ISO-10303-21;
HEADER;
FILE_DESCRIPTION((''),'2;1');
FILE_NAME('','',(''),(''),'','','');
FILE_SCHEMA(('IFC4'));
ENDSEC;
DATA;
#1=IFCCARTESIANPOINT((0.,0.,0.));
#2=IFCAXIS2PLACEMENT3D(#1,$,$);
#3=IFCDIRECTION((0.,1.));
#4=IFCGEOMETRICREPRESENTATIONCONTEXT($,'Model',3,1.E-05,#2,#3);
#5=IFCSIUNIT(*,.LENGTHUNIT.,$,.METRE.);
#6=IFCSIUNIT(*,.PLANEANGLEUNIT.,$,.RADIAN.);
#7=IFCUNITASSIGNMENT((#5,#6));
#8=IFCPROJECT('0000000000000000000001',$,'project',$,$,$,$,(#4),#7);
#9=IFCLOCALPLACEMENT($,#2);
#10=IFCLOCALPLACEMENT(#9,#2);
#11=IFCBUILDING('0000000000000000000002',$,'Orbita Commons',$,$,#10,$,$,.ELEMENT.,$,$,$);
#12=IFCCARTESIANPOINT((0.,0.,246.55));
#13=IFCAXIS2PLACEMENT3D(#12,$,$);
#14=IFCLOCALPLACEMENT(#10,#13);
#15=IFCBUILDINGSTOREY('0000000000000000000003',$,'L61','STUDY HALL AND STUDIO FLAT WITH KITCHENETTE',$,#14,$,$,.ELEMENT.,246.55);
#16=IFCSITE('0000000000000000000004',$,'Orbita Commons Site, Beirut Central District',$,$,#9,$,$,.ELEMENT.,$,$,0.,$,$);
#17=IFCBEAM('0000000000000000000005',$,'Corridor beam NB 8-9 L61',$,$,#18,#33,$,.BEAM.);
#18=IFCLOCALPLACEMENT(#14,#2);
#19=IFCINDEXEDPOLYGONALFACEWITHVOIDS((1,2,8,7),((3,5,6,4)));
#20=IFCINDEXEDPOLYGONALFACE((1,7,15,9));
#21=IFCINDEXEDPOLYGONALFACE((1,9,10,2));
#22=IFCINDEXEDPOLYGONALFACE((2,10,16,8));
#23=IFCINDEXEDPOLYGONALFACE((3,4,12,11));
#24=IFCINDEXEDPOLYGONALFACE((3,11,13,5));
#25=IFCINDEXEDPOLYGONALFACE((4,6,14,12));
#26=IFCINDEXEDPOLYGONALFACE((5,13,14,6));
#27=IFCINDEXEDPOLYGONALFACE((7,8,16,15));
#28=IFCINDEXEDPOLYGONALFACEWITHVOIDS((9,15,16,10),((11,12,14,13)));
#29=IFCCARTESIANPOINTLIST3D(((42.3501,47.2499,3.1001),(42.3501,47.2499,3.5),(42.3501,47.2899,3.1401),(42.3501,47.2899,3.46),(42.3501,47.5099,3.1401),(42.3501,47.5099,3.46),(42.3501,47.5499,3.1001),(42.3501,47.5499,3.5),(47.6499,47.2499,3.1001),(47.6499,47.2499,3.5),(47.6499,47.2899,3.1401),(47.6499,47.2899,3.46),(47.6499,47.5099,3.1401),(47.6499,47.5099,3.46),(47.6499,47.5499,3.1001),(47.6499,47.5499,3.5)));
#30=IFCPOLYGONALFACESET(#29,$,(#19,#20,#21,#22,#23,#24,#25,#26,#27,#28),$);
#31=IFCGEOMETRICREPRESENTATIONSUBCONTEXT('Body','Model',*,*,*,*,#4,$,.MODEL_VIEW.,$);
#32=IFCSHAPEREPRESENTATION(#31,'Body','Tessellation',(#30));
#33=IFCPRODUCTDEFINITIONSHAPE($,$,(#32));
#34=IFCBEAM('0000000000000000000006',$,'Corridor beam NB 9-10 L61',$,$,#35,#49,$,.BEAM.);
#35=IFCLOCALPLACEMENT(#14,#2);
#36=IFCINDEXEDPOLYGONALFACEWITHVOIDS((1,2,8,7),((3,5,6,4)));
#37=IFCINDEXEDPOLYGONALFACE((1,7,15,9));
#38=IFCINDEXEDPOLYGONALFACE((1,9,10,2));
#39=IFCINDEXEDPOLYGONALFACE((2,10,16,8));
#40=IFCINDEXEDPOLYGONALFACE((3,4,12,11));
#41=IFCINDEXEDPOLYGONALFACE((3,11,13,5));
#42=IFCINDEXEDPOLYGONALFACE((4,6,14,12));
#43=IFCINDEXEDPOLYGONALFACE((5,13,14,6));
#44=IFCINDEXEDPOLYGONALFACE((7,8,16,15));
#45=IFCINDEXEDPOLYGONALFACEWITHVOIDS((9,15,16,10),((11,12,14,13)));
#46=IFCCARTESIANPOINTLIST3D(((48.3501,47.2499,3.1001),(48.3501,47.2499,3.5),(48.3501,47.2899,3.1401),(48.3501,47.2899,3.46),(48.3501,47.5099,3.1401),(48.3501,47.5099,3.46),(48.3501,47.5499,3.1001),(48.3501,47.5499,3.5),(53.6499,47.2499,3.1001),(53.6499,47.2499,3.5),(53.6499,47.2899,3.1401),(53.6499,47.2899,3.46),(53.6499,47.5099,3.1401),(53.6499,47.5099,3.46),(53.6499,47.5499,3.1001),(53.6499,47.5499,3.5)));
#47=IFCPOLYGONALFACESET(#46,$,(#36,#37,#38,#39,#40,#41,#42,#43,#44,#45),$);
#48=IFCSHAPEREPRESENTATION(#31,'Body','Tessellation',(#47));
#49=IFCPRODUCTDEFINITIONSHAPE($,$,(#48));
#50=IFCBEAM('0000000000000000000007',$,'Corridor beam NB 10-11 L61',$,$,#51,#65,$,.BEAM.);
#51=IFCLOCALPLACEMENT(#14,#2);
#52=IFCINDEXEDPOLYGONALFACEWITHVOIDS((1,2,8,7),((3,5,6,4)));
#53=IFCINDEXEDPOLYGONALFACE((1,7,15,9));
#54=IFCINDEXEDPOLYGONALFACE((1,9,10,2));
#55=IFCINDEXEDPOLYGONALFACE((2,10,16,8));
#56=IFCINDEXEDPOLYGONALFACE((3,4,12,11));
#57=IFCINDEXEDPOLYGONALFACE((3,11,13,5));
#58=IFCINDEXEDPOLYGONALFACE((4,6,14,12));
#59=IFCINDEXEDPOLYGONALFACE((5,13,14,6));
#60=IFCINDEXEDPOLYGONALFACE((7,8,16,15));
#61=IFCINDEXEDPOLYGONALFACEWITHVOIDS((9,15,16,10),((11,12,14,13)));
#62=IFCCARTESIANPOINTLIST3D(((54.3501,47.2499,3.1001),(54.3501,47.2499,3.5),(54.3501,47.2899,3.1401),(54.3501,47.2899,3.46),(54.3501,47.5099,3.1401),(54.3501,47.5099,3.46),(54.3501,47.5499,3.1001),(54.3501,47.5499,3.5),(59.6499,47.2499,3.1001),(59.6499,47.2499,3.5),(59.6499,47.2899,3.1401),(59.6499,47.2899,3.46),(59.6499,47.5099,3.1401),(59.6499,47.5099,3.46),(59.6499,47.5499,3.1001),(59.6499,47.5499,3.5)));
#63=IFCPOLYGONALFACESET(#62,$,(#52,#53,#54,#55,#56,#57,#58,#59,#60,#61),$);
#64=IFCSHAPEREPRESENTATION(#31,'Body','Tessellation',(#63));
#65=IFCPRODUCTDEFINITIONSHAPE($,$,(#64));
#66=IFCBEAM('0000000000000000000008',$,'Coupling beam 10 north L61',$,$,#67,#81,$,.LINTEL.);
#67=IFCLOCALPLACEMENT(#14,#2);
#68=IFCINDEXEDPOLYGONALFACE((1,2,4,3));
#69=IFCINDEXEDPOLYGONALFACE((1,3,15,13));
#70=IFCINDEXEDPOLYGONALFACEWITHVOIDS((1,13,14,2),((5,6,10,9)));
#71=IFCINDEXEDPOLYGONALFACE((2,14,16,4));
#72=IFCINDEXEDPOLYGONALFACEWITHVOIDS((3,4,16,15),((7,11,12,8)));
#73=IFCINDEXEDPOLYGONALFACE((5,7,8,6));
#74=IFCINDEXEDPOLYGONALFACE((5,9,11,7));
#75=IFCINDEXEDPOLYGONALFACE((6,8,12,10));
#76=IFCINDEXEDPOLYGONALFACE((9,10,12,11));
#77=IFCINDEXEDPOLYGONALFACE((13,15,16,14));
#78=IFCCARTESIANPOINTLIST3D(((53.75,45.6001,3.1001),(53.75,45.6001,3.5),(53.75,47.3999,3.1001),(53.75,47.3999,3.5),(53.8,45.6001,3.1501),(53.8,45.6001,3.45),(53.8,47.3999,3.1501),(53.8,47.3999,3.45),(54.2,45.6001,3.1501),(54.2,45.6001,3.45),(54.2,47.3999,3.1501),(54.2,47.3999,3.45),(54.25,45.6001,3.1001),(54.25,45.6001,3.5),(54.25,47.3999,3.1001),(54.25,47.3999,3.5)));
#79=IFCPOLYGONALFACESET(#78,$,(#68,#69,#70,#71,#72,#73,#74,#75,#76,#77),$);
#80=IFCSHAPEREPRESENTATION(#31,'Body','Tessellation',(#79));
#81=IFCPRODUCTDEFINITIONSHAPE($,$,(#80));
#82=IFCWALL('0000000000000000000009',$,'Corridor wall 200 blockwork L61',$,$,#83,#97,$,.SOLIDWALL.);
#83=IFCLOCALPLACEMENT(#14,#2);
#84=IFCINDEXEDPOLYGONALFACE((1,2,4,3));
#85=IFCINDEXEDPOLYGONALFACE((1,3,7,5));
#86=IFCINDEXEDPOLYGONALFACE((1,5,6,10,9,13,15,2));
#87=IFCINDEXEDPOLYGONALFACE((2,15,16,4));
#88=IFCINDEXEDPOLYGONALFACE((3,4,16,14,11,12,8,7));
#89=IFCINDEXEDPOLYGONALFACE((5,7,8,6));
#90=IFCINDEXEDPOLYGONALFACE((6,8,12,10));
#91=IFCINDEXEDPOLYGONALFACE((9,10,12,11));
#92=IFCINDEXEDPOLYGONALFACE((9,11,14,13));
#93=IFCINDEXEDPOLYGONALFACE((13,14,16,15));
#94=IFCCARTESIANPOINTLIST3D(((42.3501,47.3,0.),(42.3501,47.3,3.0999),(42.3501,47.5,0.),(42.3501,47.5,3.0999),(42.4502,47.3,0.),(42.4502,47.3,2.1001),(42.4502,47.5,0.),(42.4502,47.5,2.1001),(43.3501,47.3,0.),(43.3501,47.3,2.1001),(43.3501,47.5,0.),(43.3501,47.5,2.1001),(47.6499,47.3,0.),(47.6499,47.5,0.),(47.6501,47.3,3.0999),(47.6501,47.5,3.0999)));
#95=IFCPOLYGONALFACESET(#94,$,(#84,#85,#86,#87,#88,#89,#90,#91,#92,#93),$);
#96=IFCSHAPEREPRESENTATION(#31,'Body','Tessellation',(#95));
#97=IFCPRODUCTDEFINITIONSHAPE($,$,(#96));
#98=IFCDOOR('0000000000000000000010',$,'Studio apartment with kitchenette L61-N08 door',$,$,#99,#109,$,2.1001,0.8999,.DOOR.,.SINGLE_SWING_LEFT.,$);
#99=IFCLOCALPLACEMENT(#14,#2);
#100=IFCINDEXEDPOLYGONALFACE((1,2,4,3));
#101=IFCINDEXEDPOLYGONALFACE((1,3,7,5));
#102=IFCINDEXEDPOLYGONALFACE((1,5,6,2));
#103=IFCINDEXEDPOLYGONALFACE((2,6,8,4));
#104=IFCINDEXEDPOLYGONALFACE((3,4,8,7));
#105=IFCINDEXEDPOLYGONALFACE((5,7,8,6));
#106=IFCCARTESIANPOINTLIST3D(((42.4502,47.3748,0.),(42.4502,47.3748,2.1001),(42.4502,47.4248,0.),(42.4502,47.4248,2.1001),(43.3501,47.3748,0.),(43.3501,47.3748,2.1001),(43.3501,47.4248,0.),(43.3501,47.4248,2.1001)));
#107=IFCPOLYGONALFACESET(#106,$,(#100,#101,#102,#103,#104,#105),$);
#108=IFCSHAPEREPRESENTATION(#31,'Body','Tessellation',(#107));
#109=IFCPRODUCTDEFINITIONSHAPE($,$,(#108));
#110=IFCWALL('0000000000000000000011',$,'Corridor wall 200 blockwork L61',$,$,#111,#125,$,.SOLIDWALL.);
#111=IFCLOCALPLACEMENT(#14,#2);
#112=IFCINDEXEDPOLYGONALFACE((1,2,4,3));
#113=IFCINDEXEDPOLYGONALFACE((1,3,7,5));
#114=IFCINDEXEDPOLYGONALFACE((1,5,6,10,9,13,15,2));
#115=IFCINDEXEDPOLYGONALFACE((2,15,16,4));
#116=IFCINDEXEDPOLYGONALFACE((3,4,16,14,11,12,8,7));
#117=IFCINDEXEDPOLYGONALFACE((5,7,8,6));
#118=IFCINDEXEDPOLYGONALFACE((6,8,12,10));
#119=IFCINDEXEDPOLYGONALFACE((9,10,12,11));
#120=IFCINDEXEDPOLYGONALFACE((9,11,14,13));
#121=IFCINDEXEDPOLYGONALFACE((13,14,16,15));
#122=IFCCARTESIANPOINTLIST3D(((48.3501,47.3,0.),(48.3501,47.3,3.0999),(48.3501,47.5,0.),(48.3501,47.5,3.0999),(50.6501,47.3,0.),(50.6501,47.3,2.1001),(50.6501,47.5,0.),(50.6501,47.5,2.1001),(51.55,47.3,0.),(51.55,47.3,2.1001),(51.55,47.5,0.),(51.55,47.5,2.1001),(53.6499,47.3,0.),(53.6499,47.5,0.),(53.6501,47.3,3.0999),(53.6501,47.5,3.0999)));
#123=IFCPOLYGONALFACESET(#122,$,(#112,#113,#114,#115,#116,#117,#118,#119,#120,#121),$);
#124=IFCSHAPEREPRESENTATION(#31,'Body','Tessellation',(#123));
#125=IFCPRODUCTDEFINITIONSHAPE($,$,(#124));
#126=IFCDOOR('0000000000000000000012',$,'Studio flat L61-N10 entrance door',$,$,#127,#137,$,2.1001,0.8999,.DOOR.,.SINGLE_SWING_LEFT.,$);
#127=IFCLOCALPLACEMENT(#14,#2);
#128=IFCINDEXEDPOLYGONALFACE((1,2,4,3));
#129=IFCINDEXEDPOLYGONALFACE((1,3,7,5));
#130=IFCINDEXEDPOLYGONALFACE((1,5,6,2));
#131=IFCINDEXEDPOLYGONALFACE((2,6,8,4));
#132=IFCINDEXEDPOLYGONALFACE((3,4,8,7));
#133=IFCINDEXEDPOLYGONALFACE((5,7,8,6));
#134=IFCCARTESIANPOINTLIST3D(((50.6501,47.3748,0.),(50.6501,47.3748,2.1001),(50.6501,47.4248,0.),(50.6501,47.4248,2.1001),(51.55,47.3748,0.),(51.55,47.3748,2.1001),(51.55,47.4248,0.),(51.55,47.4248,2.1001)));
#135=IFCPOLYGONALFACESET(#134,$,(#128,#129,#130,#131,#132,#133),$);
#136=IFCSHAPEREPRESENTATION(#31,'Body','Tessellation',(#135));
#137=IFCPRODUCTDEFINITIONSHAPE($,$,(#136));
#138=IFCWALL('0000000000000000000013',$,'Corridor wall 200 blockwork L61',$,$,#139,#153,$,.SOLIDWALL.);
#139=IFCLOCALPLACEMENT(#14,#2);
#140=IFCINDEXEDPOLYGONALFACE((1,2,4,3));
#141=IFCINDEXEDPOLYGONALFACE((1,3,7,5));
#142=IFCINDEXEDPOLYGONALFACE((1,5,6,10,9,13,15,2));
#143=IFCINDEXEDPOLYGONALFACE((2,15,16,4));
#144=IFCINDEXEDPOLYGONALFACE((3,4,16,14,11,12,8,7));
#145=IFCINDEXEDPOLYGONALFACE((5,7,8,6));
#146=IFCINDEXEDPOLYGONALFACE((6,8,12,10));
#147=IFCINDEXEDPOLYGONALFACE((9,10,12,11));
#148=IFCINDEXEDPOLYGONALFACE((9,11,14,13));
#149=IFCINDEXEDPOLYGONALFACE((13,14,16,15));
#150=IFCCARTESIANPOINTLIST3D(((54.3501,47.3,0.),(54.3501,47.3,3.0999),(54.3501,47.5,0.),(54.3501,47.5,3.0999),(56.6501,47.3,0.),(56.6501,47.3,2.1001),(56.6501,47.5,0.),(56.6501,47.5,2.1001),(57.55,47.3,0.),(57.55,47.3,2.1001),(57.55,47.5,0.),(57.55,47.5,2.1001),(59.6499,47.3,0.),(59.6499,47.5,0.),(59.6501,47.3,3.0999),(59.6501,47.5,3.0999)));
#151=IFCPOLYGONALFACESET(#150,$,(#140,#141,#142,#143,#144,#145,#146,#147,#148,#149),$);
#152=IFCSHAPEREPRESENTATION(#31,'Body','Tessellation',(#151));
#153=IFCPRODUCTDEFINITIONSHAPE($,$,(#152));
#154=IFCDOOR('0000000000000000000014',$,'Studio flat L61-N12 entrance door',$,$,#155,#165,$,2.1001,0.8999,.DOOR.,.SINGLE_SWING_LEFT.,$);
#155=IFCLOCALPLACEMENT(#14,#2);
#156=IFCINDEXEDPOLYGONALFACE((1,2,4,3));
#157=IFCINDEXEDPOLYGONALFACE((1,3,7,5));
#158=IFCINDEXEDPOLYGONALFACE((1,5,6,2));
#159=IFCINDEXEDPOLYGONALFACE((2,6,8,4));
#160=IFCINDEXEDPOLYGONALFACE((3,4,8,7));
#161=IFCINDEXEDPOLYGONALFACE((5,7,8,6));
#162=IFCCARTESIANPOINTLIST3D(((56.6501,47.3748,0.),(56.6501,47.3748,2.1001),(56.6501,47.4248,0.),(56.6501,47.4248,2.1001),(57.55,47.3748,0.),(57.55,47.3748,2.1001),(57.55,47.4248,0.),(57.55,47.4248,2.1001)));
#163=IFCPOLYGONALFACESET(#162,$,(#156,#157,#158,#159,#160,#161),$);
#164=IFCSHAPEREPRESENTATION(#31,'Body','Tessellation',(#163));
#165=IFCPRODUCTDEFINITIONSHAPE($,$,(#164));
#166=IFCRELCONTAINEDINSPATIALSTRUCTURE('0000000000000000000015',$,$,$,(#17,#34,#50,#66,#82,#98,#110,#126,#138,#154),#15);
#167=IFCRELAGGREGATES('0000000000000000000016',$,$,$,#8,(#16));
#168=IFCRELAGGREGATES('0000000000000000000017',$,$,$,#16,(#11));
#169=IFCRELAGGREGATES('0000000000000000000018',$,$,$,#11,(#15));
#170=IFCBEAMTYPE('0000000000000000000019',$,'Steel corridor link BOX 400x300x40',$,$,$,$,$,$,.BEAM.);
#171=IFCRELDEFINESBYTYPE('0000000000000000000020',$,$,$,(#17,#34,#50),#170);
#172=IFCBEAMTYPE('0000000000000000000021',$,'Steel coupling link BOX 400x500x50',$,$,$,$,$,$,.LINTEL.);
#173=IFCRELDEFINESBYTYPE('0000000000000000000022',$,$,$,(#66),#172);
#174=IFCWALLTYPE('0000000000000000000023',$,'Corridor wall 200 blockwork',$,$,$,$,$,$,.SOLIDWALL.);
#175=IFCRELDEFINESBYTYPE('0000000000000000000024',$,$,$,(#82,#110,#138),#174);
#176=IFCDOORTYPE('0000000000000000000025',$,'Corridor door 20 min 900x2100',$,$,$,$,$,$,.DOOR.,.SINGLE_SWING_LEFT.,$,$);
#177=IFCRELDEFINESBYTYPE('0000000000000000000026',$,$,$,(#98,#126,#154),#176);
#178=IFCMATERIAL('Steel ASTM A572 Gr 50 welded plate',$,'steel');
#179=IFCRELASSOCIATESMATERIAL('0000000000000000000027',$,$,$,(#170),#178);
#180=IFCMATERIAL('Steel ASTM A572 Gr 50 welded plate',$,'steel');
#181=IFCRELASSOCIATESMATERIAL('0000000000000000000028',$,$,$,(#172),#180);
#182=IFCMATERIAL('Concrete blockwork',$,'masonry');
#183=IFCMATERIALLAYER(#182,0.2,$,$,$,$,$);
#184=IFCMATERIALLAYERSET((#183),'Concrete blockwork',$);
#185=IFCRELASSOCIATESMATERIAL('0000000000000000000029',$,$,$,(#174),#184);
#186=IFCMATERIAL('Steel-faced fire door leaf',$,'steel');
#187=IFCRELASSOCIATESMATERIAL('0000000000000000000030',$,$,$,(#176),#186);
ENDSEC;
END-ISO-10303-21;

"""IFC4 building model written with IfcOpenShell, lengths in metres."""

from ifc_helpers import new_model, si_unit, direction, frame, frame_2d, origin, origin_2d, place, context, subcontext, project, spatial, polyline, rectangle, hollow_rectangle, outline, extrude, material, layer, layer_set, material_profile, profile_set, type_object, element, fill, save


model = new_model("IFC4")

# Units and contexts
model_context = context("Model", 3, precision=1e-05, world=origin(), true_north=direction((0.0, 1.0)))
body_context = subcontext(model_context, "Body", "Model", "MODEL_VIEW")
ifc_project = project(units=[si_unit("LENGTHUNIT", "METRE"), si_unit("PLANEANGLEUNIT", "RADIAN")], contexts=[model_context])

# Site, building, storey
site_placement = place(None, origin())
site = spatial("IfcSite", under=ifc_project, at=site_placement, Name="Orbita Commons Site, Beirut Central District", CompositionType="ELEMENT", RefElevation=0.0)
building_placement = place(site_placement, origin())
building = spatial("IfcBuilding", under=site, at=building_placement, Name="Orbita Commons", CompositionType="ELEMENT")
storey_placement = place(building_placement, frame((0.0, 0.0, 246.55)))
storey = spatial("IfcBuildingStorey", under=building, at=storey_placement, Name="L61", Description="STUDY HALL AND STUDIO FLAT WITH KITCHENETTE", CompositionType="ELEMENT", Elevation=246.55)

# Beams
ifc_material_1 = material(Name="Steel ASTM A572 Gr 50 welded plate", Category="steel")
ifc_material_profile_1 = material_profile(ifc_material_1, hollow_rectangle(XDim=0.3, YDim=0.3999, WallThickness=0.04, at=origin_2d()), Name="BOX 400x300x40")
ifc_profile_set_1 = profile_set([ifc_material_profile_1], Name="Steel ASTM A572 Gr 50 welded plate")
beam_type_1 = type_object("IfcBeamType", Name="Steel corridor link BOX 400x300x40", PredefinedType="BEAM", material=ifc_profile_set_1)
for number, where, z_axis, x_axis, name in (
    (1, (42.3501, 47.3999, 3.3), (1.0, 0.0, 0.0), (0.0, 1.0, 0.0), "Corridor beam NB 8-9 L61"),
    (2, (48.3501, 47.3999, 3.3), (1.0, 0.0, 0.0), (0.0, 1.0, 0.0), "Corridor beam NB 9-10 L61"),
    (3, (54.3501, 47.3999, 3.3), (1.0, 0.0, 0.0), (0.0, 1.0, 0.0), "Corridor beam NB 10-11 L61"),
):
    element("IfcBeam", number, at=place(storey_placement, frame(where, z_axis=z_axis, x_axis=x_axis)), inside=storey, type_object=beam_type_1, Name=name, PredefinedType="BEAM", context=body_context, shape_type="SweptSolid", body=[
        extrude(hollow_rectangle(XDim=0.3, YDim=0.3999, WallThickness=0.04, at=origin_2d()), origin(), (0.0, 0.0, 1.0), 5.2998),
    ])
ifc_material_2 = material(Name="Steel ASTM A572 Gr 50 welded plate", Category="steel")
ifc_material_profile_2 = material_profile(ifc_material_2, hollow_rectangle(XDim=0.5, YDim=0.3999, WallThickness=0.05, at=origin_2d()), Name="BOX 400x500x50")
ifc_profile_set_2 = profile_set([ifc_material_profile_2], Name="Steel ASTM A572 Gr 50 welded plate")
beam_type_2 = type_object("IfcBeamType", Name="Steel coupling link BOX 400x500x50", PredefinedType="LINTEL", material=ifc_profile_set_2)
beam_placement = place(storey_placement, frame((54.0, 45.6001, 3.3), z_axis=(0.0, 1.0, 0.0), x_axis=(-1.0, 0.0, 0.0)))
element("IfcBeam", 4, at=beam_placement, inside=storey, type_object=beam_type_2, Name="Coupling beam 10 north L61", PredefinedType="LINTEL", context=body_context, shape_type="SweptSolid", body=[
    extrude(hollow_rectangle(XDim=0.5, YDim=0.3999, WallThickness=0.05, at=origin_2d()), origin(), (0.0, 0.0, 1.0), 1.7998),
])

# Walls, openings, doors
ifc_material_3 = material(Name="Concrete blockwork", Category="masonry")
ifc_layer_1 = layer(ifc_material_3, 0.2)
ifc_layer_set_1 = layer_set([ifc_layer_1], Name="Concrete blockwork")
wall_type_1 = type_object("IfcWallType", Name="Corridor wall 200 blockwork", PredefinedType="SOLIDWALL", material=ifc_layer_set_1)
wall_1_placement = place(storey_placement, frame((42.3501, 47.3999, 0.0), z_axis=(0.0, 0.0, 1.0), x_axis=(1.0, 0.0, 0.0)))
wall_1 = element("IfcWall", 5, at=wall_1_placement, inside=storey, type_object=wall_type_1, Name="Corridor wall 200 blockwork L61", PredefinedType="SOLIDWALL", context=body_context, shape_type="SweptSolid", body=[
    extrude(outline(polyline([(0.0, 0.0), (5.2998, 0.0), (5.3, 3.0999), (0.0, 3.0999), (0.0, 0.0)])), frame((0.0, 0.1001, 0.0), z_axis=(0.0, -1.0, 0.0), x_axis=(1.0, 0.0, 0.0)), (0.0, 0.0, 1.0), 0.2),
])
opening_1_placement = place(wall_1_placement, frame((0.1001, 0.0, 0.0)))
opening_1 = element("IfcOpeningElement", 6, at=opening_1_placement, cuts=wall_1, PredefinedType="OPENING", context=body_context, shape_type="SweptSolid", body=[
    extrude(rectangle(XDim=0.8999, YDim=2.1001, at=frame_2d((0.45, 1.05))), frame((0.0, 0.1099, 0.0), z_axis=(0.0, -1.0, 0.0), x_axis=(1.0, 0.0, 0.0)), (0.0, 0.0, 1.0), 0.22),
])
ifc_material_4 = material(Name="Steel-faced fire door leaf", Category="steel")
door_type_1 = type_object("IfcDoorType", Name="Corridor door 20 min 900x2100", OperationType="SINGLE_SWING_LEFT", PredefinedType="DOOR", material=ifc_material_4)
door_1_placement = place(opening_1_placement, origin())
door_1 = element("IfcDoor", 7, at=door_1_placement, inside=storey, type_object=door_type_1, Name="Studio apartment with kitchenette L61-N08 door", OperationType="SINGLE_SWING_LEFT", OverallHeight=2.1001, OverallWidth=0.8999, PredefinedType="DOOR", context=body_context, shape_type="SweptSolid", body=[
    extrude(rectangle(XDim=0.8999, YDim=2.1001, at=frame_2d((0.45, 1.05))), frame((0.0, 0.0249, 0.0), z_axis=(0.0, -1.0, 0.0), x_axis=(1.0, 0.0, 0.0)), (0.0, 0.0, 1.0), 0.05),
])
fill(opening_1, door_1)
wall_2_placement = place(storey_placement, frame((48.3501, 47.3999, 0.0), z_axis=(0.0, 0.0, 1.0), x_axis=(1.0, 0.0, 0.0)))
wall_2 = element("IfcWall", 8, at=wall_2_placement, inside=storey, type_object=wall_type_1, Name="Corridor wall 200 blockwork L61", PredefinedType="SOLIDWALL", context=body_context, shape_type="SweptSolid", body=[
    extrude(outline(polyline([(0.0, 0.0), (5.2998, 0.0), (5.3, 3.0999), (0.0, 3.0999), (0.0, 0.0)])), frame((0.0, 0.1001, 0.0), z_axis=(0.0, -1.0, 0.0), x_axis=(1.0, 0.0, 0.0)), (0.0, 0.0, 1.0), 0.2),
])
opening_2_placement = place(wall_2_placement, frame((2.3, 0.0, 0.0)))
opening_2 = element("IfcOpeningElement", 9, at=opening_2_placement, cuts=wall_2, PredefinedType="OPENING", context=body_context, shape_type="SweptSolid", body=[
    extrude(rectangle(XDim=0.8999, YDim=2.1001, at=frame_2d((0.45, 1.05))), frame((0.0, 0.1099, 0.0), z_axis=(0.0, -1.0, 0.0), x_axis=(1.0, 0.0, 0.0)), (0.0, 0.0, 1.0), 0.22),
])
door_2_placement = place(opening_2_placement, origin())
door_2 = element("IfcDoor", 10, at=door_2_placement, inside=storey, type_object=door_type_1, Name="Studio flat L61-N10 entrance door", OperationType="SINGLE_SWING_LEFT", OverallHeight=2.1001, OverallWidth=0.8999, PredefinedType="DOOR", context=body_context, shape_type="SweptSolid", body=[
    extrude(rectangle(XDim=0.8999, YDim=2.1001, at=frame_2d((0.45, 1.05))), frame((0.0, 0.0249, 0.0), z_axis=(0.0, -1.0, 0.0), x_axis=(1.0, 0.0, 0.0)), (0.0, 0.0, 1.0), 0.05),
])
fill(opening_2, door_2)
wall_3_placement = place(storey_placement, frame((54.3501, 47.3999, 0.0), z_axis=(0.0, 0.0, 1.0), x_axis=(1.0, 0.0, 0.0)))
wall_3 = element("IfcWall", 11, at=wall_3_placement, inside=storey, type_object=wall_type_1, Name="Corridor wall 200 blockwork L61", PredefinedType="SOLIDWALL", context=body_context, shape_type="SweptSolid", body=[
    extrude(outline(polyline([(0.0, 0.0), (5.2998, 0.0), (5.3, 3.0999), (0.0, 3.0999), (0.0, 0.0)])), frame((0.0, 0.1001, 0.0), z_axis=(0.0, -1.0, 0.0), x_axis=(1.0, 0.0, 0.0)), (0.0, 0.0, 1.0), 0.2),
])
opening_3_placement = place(wall_3_placement, frame((2.3, 0.0, 0.0)))
opening_3 = element("IfcOpeningElement", 12, at=opening_3_placement, cuts=wall_3, PredefinedType="OPENING", context=body_context, shape_type="SweptSolid", body=[
    extrude(rectangle(XDim=0.8999, YDim=2.1001, at=frame_2d((0.45, 1.05))), frame((0.0, 0.1099, 0.0), z_axis=(0.0, -1.0, 0.0), x_axis=(1.0, 0.0, 0.0)), (0.0, 0.0, 1.0), 0.22),
])
door_3_placement = place(opening_3_placement, origin())
door_3 = element("IfcDoor", 13, at=door_3_placement, inside=storey, type_object=door_type_1, Name="Studio flat L61-N12 entrance door", OperationType="SINGLE_SWING_LEFT", OverallHeight=2.1001, OverallWidth=0.8999, PredefinedType="DOOR", context=body_context, shape_type="SweptSolid", body=[
    extrude(rectangle(XDim=0.8999, YDim=2.1001, at=frame_2d((0.45, 1.05))), frame((0.0, 0.0249, 0.0), z_axis=(0.0, -1.0, 0.0), x_axis=(1.0, 0.0, 0.0)), (0.0, 0.0, 1.0), 0.05),
])
fill(opening_3, door_3)

save(model, "model.ifc")
